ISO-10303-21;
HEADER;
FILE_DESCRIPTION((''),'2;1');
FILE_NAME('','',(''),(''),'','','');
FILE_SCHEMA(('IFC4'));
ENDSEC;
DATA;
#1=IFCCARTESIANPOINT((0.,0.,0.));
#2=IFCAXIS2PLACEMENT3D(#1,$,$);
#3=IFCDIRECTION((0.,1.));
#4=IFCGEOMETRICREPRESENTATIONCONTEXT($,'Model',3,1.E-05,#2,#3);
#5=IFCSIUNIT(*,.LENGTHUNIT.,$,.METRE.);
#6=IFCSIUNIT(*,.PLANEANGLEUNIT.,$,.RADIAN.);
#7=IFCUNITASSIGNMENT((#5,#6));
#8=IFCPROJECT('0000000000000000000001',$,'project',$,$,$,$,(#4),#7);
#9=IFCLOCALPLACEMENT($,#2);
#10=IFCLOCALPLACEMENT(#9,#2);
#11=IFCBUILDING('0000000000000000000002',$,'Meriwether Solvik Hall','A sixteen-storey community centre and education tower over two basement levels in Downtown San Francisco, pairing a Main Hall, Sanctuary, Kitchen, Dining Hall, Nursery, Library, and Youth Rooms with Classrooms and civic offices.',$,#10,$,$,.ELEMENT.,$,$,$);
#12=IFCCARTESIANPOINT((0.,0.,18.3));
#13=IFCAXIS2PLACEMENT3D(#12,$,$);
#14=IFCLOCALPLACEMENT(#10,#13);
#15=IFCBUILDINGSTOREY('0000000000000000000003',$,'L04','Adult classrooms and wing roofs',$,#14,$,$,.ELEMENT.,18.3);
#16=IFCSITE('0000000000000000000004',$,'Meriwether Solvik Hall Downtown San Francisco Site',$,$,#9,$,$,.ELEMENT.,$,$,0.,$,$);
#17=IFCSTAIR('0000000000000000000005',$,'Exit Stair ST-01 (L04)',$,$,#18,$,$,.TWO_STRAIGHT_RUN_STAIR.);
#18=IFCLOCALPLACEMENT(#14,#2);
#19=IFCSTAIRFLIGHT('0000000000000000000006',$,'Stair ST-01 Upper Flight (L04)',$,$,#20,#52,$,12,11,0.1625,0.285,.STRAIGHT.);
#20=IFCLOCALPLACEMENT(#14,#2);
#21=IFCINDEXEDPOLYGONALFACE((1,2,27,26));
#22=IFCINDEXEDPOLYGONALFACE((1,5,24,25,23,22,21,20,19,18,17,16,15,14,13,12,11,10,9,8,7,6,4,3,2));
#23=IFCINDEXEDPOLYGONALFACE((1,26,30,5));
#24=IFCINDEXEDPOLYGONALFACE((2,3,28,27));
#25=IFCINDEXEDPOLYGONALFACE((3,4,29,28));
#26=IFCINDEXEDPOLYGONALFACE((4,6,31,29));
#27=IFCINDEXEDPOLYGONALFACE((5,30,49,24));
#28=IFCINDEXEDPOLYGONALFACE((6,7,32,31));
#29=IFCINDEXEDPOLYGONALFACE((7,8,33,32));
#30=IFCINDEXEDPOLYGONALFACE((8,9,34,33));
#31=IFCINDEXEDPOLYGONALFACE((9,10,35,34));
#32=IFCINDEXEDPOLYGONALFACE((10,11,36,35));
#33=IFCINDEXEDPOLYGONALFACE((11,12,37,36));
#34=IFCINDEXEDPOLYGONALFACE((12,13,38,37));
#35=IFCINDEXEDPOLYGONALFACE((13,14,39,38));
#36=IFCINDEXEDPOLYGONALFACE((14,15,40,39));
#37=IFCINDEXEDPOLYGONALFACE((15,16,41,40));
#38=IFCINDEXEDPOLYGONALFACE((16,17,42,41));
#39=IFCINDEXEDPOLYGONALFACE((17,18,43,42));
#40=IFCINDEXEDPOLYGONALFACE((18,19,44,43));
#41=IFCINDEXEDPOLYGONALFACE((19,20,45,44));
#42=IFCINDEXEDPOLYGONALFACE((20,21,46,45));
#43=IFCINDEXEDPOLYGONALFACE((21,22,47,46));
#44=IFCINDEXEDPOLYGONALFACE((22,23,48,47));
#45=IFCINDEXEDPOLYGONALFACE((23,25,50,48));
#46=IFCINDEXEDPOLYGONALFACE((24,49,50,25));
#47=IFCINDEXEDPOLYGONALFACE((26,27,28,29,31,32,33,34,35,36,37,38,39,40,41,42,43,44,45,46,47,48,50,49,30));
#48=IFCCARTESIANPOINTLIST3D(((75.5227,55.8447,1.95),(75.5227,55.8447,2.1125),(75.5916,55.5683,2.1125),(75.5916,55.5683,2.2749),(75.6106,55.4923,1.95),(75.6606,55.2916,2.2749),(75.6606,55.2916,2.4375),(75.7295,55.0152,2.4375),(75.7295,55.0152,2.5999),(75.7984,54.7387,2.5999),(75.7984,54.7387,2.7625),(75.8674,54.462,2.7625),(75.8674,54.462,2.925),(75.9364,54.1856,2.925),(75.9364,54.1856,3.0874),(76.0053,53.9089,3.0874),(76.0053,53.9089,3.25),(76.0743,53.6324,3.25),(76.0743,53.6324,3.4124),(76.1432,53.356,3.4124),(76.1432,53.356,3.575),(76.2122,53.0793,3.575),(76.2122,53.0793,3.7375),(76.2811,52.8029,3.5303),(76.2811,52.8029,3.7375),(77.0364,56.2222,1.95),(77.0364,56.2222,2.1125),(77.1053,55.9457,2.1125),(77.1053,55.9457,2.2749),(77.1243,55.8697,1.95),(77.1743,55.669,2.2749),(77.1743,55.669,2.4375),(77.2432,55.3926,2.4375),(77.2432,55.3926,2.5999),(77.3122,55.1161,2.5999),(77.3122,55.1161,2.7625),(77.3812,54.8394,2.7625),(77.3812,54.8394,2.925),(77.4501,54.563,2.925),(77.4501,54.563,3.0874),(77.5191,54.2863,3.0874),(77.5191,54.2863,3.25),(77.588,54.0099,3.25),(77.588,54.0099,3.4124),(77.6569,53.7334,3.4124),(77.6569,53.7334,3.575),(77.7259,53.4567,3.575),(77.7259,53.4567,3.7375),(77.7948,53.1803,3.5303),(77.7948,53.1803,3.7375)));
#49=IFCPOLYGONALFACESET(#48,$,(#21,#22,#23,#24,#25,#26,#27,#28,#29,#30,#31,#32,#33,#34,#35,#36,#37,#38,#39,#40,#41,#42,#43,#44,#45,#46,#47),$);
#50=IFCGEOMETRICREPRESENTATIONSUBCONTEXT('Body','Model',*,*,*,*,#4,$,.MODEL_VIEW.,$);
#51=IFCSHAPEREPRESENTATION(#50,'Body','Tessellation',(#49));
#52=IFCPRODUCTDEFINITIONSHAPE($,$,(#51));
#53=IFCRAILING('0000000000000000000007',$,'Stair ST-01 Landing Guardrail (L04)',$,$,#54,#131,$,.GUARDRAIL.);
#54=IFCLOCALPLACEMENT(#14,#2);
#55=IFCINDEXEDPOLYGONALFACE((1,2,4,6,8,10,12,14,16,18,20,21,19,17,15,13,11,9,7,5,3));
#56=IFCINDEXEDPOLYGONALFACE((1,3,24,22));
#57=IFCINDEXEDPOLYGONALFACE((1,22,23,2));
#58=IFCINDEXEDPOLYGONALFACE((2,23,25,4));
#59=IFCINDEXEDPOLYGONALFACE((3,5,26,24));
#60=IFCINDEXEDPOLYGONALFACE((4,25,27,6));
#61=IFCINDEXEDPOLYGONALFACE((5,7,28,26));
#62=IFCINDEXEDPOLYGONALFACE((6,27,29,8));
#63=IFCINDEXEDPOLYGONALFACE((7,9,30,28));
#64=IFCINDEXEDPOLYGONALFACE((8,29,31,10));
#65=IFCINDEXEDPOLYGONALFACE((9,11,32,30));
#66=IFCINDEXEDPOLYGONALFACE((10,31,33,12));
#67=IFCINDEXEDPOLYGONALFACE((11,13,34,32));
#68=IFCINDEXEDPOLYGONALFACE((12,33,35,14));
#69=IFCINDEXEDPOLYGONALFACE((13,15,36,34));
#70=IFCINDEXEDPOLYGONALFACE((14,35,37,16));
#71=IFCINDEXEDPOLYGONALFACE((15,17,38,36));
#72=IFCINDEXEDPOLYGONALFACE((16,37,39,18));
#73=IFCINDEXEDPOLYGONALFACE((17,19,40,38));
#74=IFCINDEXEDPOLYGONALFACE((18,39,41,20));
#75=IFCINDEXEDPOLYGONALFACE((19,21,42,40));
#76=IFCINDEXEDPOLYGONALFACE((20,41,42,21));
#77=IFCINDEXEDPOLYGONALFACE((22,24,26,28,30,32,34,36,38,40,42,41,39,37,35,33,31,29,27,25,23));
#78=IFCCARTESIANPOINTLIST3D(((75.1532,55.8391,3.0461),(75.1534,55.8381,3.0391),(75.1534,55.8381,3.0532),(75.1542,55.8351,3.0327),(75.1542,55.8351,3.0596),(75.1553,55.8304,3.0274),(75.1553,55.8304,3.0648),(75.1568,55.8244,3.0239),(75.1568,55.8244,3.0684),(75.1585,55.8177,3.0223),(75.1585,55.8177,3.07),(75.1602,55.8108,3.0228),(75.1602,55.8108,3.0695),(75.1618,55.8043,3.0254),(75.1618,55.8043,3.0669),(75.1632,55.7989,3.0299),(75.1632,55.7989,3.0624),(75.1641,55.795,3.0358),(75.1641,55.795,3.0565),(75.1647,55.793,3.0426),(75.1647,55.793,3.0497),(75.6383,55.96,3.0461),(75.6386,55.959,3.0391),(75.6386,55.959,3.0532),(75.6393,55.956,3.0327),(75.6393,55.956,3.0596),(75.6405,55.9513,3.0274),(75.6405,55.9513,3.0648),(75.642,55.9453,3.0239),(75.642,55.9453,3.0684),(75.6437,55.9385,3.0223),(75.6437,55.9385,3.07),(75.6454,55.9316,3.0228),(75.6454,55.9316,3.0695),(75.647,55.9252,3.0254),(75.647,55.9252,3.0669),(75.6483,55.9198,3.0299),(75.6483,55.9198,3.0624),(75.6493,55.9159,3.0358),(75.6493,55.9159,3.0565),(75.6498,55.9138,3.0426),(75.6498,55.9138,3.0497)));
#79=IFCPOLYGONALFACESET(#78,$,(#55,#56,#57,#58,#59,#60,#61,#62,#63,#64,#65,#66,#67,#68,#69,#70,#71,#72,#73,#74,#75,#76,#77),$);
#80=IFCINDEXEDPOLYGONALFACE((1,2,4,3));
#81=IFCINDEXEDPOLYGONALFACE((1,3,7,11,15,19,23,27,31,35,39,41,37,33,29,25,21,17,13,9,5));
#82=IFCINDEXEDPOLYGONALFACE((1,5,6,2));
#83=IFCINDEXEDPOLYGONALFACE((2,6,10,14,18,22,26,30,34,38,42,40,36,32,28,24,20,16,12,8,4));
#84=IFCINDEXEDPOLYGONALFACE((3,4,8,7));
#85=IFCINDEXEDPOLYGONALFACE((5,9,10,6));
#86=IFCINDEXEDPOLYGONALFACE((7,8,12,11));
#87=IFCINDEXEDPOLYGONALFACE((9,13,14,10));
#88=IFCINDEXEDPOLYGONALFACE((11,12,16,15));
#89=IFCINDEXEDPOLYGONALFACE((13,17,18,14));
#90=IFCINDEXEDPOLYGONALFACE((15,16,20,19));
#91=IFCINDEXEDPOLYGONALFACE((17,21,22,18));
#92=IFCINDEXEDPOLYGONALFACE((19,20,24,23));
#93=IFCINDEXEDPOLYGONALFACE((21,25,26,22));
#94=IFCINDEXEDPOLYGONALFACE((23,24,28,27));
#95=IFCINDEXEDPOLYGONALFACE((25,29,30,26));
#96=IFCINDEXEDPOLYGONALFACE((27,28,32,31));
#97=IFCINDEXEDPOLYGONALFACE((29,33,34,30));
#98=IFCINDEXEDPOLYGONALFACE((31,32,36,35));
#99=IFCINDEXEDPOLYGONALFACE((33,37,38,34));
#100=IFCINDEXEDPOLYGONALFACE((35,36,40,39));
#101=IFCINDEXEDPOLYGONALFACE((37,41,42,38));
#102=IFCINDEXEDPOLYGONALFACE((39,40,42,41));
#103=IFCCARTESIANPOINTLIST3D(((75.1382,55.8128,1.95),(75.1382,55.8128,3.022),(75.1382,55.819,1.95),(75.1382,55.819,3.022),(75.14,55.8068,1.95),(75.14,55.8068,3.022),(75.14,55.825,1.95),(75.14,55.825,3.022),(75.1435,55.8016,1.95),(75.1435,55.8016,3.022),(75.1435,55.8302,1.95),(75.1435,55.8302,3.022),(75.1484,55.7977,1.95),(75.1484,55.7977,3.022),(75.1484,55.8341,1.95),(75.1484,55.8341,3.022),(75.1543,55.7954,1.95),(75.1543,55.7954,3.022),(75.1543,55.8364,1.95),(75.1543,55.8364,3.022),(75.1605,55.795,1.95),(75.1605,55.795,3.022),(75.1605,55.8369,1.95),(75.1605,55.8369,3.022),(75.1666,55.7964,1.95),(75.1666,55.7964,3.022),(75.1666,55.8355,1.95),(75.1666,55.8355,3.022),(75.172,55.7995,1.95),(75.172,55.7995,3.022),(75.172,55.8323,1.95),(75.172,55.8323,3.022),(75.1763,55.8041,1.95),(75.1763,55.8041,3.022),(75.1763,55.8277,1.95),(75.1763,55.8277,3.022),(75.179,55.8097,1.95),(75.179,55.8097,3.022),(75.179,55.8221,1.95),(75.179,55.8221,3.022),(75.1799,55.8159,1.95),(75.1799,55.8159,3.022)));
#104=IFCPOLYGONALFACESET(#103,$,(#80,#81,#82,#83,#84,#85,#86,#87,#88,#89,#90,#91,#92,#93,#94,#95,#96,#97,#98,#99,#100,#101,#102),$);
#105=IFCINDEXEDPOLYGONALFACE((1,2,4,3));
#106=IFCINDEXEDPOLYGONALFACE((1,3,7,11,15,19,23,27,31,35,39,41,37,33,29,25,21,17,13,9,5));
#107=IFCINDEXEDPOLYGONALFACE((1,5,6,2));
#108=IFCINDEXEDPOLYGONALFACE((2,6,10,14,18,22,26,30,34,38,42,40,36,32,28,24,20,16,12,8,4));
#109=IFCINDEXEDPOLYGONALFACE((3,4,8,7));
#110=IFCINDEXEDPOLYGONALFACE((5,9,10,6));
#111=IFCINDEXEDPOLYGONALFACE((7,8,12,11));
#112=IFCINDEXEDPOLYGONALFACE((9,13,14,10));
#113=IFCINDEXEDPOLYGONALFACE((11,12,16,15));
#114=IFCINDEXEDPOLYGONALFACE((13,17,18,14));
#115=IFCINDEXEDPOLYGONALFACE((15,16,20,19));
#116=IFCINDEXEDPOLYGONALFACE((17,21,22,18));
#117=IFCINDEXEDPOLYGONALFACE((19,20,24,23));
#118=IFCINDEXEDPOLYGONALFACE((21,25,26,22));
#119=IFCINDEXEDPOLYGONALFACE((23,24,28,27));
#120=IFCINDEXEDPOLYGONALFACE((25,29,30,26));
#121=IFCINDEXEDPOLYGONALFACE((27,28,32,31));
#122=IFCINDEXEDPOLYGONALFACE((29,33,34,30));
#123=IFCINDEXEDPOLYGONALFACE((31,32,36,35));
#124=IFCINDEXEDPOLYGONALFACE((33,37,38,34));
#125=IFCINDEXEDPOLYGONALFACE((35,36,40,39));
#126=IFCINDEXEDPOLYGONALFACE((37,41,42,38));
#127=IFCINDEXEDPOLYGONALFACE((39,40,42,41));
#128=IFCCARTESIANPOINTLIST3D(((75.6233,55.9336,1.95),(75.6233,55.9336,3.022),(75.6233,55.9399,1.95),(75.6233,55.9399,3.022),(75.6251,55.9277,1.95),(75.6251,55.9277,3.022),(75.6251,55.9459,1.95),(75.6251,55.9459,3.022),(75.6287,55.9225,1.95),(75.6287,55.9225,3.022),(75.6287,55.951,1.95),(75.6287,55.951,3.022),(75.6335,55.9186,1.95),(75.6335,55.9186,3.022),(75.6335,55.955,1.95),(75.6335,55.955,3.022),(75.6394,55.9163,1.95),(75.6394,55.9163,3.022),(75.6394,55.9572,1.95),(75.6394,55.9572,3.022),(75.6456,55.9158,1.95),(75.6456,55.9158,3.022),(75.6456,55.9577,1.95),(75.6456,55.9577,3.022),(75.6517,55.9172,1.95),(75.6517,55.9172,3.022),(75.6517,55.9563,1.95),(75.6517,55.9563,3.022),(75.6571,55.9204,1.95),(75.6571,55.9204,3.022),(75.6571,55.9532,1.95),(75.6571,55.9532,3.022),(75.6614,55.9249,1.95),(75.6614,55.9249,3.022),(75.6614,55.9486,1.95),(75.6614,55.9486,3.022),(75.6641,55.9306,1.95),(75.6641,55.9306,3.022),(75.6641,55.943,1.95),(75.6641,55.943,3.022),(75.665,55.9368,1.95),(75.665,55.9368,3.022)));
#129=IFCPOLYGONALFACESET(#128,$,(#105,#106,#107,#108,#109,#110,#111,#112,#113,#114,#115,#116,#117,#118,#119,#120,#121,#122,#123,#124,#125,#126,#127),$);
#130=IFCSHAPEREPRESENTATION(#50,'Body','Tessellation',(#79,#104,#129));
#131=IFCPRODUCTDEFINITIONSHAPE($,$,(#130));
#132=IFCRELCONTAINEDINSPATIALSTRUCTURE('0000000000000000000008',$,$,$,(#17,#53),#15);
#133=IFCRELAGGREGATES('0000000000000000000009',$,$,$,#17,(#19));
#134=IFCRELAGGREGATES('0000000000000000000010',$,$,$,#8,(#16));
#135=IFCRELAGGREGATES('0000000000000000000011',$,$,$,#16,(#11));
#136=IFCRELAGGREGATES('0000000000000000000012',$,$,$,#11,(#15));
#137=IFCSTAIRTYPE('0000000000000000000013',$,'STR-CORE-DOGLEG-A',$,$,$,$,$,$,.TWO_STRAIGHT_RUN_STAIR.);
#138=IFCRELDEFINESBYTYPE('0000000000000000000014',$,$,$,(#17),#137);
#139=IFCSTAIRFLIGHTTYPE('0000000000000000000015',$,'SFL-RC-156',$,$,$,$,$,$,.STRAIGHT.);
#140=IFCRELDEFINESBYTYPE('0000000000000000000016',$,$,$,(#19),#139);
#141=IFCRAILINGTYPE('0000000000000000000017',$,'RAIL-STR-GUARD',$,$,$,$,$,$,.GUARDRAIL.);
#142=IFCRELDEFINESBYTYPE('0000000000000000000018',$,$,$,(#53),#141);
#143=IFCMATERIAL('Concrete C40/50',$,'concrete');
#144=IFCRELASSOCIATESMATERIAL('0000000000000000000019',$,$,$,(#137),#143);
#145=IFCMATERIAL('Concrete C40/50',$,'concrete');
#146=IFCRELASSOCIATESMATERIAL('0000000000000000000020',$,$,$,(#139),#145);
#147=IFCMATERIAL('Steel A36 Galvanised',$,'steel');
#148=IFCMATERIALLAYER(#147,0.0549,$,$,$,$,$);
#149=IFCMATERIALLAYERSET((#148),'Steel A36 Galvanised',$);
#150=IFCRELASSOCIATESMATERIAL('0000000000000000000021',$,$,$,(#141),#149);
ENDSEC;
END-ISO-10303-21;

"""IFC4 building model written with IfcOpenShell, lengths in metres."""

from ifc_helpers import new_model, si_unit, direction, frame, origin, origin_2d, place, context, subcontext, project, spatial, polyline, circle, outline, extrude, material, layer, layer_set, type_object, element, aggregate, save


model = new_model("IFC4")

# Units and contexts
model_context = context("Model", 3, precision=1e-05, world=origin(), true_north=direction((0.0, 1.0)))
body_context = subcontext(model_context, "Body", "Model", "MODEL_VIEW")
ifc_project = project(units=[si_unit("LENGTHUNIT", "METRE"), si_unit("PLANEANGLEUNIT", "RADIAN")], contexts=[model_context])

# Site, building, storey
site_placement = place(None, origin())
site = spatial("IfcSite", under=ifc_project, at=site_placement, Name="Meriwether Solvik Hall Downtown San Francisco Site", CompositionType="ELEMENT", RefElevation=0.0)
building_placement = place(site_placement, origin())
building = spatial("IfcBuilding", under=site, at=building_placement, Name="Meriwether Solvik Hall", Description="A sixteen-storey community centre and education tower over two basement levels in Downtown San Francisco, pairing a Main Hall, Sanctuary, Kitchen, Dining Hall, Nursery, Library, and Youth Rooms with Classrooms and civic offices.", CompositionType="ELEMENT")
storey_placement = place(building_placement, frame((0.0, 0.0, 18.3)))
storey = spatial("IfcBuildingStorey", under=building, at=storey_placement, Name="L04", Description="Adult classrooms and wing roofs", CompositionType="ELEMENT", Elevation=18.3)

# Stair, stair flight
ifc_material_1 = material(Name="Concrete C40/50", Category="concrete")
stair_type = type_object("IfcStairType", Name="STR-CORE-DOGLEG-A", PredefinedType="TWO_STRAIGHT_RUN_STAIR", material=ifc_material_1)
stair_placement = place(storey_placement, origin())
stair = element("IfcStair", 1, at=stair_placement, inside=storey, type_object=stair_type, Name="Exit Stair ST-01 (L04)", PredefinedType="TWO_STRAIGHT_RUN_STAIR")
ifc_material_2 = material(Name="Concrete C40/50", Category="concrete")
stair_flight_type = type_object("IfcStairFlightType", Name="SFL-RC-156", PredefinedType="STRAIGHT", material=ifc_material_2)
stair_flight_1_placement = place(storey_placement, frame((76.2795, 56.0334, 1.95), z_axis=(0.0, 0.0, 1.0), x_axis=(0.241922, -0.970296, 0.0)))
stair_flight_1 = element("IfcStairFlight", 2, at=stair_flight_1_placement, type_object=stair_flight_type, Name="Stair ST-01 Upper Flight (L04)", NumberOfRisers=12, NumberOfTreads=11, PredefinedType="STRAIGHT", RiserHeight=0.1625, TreadLength=0.285, context=body_context, shape_type="SweptSolid", body=[
    extrude(outline(polyline([(0.0, 0.0), (0.0, 0.1626), (0.2849, 0.1626), (0.2849, 0.325), (0.5701, 0.325), (0.5701, 0.4875), (0.855, 0.4875), (0.855, 0.6499), (1.1399, 0.6499), (1.1399, 0.8125), (1.425, 0.8125), (1.425, 0.9751), (1.71, 0.9751), (1.71, 1.1375), (1.9951, 1.1375), (1.9951, 1.3), (2.28, 1.3), (2.28, 1.4624), (2.5649, 1.4624), (2.5649, 1.625), (2.8501, 1.625), (2.8501, 1.7876), (3.135, 1.7876), (3.135, 1.95), (3.135, 1.5803), (0.3633, 0.0), (0.0, 0.0)])), frame((0.0, 0.78, 0.0), z_axis=(0.0, -1.0, 0.0), x_axis=(1.0, 0.0, 0.0)), (0.0, 0.0, 1.0), 1.5601),
])
aggregate(stair, [stair_flight_1])

# Railing
ifc_material_3 = material(Name="Steel A36 Galvanised", Category="steel")
ifc_layer_1 = layer(ifc_material_3, 0.0549)
ifc_layer_set_1 = layer_set([ifc_layer_1], Name="Steel A36 Galvanised")
railing_type_1 = type_object("IfcRailingType", Name="RAIL-STR-GUARD", PredefinedType="GUARDRAIL", material=ifc_layer_set_1)
railing_1_placement = place(storey_placement, frame((75.1589, 55.8159, 1.95)))
element("IfcRailing", 3, at=railing_1_placement, inside=storey, type_object=railing_type_1, Name="Stair ST-01 Landing Guardrail (L04)", PredefinedType="GUARDRAIL", context=body_context, shape_type="SweptSolid", body=[
    extrude(circle(Radius=0.0239, at=origin_2d()), frame((0.0, 0.0, 1.0962), z_axis=(0.970343, 0.241731, 0.0), x_axis=(-0.241731, 0.970343, 0.0)), (0.0, 0.0, 1.0), 0.5),
    extrude(circle(Radius=0.021, at=origin_2d()), origin(), (0.0, 0.0, 1.0), 1.072),
    extrude(circle(Radius=0.021, at=origin_2d()), frame((0.4851, 0.1208, 0.0)), (0.0, 0.0, 1.0), 1.072),
])

save(model, "model.ifc")
